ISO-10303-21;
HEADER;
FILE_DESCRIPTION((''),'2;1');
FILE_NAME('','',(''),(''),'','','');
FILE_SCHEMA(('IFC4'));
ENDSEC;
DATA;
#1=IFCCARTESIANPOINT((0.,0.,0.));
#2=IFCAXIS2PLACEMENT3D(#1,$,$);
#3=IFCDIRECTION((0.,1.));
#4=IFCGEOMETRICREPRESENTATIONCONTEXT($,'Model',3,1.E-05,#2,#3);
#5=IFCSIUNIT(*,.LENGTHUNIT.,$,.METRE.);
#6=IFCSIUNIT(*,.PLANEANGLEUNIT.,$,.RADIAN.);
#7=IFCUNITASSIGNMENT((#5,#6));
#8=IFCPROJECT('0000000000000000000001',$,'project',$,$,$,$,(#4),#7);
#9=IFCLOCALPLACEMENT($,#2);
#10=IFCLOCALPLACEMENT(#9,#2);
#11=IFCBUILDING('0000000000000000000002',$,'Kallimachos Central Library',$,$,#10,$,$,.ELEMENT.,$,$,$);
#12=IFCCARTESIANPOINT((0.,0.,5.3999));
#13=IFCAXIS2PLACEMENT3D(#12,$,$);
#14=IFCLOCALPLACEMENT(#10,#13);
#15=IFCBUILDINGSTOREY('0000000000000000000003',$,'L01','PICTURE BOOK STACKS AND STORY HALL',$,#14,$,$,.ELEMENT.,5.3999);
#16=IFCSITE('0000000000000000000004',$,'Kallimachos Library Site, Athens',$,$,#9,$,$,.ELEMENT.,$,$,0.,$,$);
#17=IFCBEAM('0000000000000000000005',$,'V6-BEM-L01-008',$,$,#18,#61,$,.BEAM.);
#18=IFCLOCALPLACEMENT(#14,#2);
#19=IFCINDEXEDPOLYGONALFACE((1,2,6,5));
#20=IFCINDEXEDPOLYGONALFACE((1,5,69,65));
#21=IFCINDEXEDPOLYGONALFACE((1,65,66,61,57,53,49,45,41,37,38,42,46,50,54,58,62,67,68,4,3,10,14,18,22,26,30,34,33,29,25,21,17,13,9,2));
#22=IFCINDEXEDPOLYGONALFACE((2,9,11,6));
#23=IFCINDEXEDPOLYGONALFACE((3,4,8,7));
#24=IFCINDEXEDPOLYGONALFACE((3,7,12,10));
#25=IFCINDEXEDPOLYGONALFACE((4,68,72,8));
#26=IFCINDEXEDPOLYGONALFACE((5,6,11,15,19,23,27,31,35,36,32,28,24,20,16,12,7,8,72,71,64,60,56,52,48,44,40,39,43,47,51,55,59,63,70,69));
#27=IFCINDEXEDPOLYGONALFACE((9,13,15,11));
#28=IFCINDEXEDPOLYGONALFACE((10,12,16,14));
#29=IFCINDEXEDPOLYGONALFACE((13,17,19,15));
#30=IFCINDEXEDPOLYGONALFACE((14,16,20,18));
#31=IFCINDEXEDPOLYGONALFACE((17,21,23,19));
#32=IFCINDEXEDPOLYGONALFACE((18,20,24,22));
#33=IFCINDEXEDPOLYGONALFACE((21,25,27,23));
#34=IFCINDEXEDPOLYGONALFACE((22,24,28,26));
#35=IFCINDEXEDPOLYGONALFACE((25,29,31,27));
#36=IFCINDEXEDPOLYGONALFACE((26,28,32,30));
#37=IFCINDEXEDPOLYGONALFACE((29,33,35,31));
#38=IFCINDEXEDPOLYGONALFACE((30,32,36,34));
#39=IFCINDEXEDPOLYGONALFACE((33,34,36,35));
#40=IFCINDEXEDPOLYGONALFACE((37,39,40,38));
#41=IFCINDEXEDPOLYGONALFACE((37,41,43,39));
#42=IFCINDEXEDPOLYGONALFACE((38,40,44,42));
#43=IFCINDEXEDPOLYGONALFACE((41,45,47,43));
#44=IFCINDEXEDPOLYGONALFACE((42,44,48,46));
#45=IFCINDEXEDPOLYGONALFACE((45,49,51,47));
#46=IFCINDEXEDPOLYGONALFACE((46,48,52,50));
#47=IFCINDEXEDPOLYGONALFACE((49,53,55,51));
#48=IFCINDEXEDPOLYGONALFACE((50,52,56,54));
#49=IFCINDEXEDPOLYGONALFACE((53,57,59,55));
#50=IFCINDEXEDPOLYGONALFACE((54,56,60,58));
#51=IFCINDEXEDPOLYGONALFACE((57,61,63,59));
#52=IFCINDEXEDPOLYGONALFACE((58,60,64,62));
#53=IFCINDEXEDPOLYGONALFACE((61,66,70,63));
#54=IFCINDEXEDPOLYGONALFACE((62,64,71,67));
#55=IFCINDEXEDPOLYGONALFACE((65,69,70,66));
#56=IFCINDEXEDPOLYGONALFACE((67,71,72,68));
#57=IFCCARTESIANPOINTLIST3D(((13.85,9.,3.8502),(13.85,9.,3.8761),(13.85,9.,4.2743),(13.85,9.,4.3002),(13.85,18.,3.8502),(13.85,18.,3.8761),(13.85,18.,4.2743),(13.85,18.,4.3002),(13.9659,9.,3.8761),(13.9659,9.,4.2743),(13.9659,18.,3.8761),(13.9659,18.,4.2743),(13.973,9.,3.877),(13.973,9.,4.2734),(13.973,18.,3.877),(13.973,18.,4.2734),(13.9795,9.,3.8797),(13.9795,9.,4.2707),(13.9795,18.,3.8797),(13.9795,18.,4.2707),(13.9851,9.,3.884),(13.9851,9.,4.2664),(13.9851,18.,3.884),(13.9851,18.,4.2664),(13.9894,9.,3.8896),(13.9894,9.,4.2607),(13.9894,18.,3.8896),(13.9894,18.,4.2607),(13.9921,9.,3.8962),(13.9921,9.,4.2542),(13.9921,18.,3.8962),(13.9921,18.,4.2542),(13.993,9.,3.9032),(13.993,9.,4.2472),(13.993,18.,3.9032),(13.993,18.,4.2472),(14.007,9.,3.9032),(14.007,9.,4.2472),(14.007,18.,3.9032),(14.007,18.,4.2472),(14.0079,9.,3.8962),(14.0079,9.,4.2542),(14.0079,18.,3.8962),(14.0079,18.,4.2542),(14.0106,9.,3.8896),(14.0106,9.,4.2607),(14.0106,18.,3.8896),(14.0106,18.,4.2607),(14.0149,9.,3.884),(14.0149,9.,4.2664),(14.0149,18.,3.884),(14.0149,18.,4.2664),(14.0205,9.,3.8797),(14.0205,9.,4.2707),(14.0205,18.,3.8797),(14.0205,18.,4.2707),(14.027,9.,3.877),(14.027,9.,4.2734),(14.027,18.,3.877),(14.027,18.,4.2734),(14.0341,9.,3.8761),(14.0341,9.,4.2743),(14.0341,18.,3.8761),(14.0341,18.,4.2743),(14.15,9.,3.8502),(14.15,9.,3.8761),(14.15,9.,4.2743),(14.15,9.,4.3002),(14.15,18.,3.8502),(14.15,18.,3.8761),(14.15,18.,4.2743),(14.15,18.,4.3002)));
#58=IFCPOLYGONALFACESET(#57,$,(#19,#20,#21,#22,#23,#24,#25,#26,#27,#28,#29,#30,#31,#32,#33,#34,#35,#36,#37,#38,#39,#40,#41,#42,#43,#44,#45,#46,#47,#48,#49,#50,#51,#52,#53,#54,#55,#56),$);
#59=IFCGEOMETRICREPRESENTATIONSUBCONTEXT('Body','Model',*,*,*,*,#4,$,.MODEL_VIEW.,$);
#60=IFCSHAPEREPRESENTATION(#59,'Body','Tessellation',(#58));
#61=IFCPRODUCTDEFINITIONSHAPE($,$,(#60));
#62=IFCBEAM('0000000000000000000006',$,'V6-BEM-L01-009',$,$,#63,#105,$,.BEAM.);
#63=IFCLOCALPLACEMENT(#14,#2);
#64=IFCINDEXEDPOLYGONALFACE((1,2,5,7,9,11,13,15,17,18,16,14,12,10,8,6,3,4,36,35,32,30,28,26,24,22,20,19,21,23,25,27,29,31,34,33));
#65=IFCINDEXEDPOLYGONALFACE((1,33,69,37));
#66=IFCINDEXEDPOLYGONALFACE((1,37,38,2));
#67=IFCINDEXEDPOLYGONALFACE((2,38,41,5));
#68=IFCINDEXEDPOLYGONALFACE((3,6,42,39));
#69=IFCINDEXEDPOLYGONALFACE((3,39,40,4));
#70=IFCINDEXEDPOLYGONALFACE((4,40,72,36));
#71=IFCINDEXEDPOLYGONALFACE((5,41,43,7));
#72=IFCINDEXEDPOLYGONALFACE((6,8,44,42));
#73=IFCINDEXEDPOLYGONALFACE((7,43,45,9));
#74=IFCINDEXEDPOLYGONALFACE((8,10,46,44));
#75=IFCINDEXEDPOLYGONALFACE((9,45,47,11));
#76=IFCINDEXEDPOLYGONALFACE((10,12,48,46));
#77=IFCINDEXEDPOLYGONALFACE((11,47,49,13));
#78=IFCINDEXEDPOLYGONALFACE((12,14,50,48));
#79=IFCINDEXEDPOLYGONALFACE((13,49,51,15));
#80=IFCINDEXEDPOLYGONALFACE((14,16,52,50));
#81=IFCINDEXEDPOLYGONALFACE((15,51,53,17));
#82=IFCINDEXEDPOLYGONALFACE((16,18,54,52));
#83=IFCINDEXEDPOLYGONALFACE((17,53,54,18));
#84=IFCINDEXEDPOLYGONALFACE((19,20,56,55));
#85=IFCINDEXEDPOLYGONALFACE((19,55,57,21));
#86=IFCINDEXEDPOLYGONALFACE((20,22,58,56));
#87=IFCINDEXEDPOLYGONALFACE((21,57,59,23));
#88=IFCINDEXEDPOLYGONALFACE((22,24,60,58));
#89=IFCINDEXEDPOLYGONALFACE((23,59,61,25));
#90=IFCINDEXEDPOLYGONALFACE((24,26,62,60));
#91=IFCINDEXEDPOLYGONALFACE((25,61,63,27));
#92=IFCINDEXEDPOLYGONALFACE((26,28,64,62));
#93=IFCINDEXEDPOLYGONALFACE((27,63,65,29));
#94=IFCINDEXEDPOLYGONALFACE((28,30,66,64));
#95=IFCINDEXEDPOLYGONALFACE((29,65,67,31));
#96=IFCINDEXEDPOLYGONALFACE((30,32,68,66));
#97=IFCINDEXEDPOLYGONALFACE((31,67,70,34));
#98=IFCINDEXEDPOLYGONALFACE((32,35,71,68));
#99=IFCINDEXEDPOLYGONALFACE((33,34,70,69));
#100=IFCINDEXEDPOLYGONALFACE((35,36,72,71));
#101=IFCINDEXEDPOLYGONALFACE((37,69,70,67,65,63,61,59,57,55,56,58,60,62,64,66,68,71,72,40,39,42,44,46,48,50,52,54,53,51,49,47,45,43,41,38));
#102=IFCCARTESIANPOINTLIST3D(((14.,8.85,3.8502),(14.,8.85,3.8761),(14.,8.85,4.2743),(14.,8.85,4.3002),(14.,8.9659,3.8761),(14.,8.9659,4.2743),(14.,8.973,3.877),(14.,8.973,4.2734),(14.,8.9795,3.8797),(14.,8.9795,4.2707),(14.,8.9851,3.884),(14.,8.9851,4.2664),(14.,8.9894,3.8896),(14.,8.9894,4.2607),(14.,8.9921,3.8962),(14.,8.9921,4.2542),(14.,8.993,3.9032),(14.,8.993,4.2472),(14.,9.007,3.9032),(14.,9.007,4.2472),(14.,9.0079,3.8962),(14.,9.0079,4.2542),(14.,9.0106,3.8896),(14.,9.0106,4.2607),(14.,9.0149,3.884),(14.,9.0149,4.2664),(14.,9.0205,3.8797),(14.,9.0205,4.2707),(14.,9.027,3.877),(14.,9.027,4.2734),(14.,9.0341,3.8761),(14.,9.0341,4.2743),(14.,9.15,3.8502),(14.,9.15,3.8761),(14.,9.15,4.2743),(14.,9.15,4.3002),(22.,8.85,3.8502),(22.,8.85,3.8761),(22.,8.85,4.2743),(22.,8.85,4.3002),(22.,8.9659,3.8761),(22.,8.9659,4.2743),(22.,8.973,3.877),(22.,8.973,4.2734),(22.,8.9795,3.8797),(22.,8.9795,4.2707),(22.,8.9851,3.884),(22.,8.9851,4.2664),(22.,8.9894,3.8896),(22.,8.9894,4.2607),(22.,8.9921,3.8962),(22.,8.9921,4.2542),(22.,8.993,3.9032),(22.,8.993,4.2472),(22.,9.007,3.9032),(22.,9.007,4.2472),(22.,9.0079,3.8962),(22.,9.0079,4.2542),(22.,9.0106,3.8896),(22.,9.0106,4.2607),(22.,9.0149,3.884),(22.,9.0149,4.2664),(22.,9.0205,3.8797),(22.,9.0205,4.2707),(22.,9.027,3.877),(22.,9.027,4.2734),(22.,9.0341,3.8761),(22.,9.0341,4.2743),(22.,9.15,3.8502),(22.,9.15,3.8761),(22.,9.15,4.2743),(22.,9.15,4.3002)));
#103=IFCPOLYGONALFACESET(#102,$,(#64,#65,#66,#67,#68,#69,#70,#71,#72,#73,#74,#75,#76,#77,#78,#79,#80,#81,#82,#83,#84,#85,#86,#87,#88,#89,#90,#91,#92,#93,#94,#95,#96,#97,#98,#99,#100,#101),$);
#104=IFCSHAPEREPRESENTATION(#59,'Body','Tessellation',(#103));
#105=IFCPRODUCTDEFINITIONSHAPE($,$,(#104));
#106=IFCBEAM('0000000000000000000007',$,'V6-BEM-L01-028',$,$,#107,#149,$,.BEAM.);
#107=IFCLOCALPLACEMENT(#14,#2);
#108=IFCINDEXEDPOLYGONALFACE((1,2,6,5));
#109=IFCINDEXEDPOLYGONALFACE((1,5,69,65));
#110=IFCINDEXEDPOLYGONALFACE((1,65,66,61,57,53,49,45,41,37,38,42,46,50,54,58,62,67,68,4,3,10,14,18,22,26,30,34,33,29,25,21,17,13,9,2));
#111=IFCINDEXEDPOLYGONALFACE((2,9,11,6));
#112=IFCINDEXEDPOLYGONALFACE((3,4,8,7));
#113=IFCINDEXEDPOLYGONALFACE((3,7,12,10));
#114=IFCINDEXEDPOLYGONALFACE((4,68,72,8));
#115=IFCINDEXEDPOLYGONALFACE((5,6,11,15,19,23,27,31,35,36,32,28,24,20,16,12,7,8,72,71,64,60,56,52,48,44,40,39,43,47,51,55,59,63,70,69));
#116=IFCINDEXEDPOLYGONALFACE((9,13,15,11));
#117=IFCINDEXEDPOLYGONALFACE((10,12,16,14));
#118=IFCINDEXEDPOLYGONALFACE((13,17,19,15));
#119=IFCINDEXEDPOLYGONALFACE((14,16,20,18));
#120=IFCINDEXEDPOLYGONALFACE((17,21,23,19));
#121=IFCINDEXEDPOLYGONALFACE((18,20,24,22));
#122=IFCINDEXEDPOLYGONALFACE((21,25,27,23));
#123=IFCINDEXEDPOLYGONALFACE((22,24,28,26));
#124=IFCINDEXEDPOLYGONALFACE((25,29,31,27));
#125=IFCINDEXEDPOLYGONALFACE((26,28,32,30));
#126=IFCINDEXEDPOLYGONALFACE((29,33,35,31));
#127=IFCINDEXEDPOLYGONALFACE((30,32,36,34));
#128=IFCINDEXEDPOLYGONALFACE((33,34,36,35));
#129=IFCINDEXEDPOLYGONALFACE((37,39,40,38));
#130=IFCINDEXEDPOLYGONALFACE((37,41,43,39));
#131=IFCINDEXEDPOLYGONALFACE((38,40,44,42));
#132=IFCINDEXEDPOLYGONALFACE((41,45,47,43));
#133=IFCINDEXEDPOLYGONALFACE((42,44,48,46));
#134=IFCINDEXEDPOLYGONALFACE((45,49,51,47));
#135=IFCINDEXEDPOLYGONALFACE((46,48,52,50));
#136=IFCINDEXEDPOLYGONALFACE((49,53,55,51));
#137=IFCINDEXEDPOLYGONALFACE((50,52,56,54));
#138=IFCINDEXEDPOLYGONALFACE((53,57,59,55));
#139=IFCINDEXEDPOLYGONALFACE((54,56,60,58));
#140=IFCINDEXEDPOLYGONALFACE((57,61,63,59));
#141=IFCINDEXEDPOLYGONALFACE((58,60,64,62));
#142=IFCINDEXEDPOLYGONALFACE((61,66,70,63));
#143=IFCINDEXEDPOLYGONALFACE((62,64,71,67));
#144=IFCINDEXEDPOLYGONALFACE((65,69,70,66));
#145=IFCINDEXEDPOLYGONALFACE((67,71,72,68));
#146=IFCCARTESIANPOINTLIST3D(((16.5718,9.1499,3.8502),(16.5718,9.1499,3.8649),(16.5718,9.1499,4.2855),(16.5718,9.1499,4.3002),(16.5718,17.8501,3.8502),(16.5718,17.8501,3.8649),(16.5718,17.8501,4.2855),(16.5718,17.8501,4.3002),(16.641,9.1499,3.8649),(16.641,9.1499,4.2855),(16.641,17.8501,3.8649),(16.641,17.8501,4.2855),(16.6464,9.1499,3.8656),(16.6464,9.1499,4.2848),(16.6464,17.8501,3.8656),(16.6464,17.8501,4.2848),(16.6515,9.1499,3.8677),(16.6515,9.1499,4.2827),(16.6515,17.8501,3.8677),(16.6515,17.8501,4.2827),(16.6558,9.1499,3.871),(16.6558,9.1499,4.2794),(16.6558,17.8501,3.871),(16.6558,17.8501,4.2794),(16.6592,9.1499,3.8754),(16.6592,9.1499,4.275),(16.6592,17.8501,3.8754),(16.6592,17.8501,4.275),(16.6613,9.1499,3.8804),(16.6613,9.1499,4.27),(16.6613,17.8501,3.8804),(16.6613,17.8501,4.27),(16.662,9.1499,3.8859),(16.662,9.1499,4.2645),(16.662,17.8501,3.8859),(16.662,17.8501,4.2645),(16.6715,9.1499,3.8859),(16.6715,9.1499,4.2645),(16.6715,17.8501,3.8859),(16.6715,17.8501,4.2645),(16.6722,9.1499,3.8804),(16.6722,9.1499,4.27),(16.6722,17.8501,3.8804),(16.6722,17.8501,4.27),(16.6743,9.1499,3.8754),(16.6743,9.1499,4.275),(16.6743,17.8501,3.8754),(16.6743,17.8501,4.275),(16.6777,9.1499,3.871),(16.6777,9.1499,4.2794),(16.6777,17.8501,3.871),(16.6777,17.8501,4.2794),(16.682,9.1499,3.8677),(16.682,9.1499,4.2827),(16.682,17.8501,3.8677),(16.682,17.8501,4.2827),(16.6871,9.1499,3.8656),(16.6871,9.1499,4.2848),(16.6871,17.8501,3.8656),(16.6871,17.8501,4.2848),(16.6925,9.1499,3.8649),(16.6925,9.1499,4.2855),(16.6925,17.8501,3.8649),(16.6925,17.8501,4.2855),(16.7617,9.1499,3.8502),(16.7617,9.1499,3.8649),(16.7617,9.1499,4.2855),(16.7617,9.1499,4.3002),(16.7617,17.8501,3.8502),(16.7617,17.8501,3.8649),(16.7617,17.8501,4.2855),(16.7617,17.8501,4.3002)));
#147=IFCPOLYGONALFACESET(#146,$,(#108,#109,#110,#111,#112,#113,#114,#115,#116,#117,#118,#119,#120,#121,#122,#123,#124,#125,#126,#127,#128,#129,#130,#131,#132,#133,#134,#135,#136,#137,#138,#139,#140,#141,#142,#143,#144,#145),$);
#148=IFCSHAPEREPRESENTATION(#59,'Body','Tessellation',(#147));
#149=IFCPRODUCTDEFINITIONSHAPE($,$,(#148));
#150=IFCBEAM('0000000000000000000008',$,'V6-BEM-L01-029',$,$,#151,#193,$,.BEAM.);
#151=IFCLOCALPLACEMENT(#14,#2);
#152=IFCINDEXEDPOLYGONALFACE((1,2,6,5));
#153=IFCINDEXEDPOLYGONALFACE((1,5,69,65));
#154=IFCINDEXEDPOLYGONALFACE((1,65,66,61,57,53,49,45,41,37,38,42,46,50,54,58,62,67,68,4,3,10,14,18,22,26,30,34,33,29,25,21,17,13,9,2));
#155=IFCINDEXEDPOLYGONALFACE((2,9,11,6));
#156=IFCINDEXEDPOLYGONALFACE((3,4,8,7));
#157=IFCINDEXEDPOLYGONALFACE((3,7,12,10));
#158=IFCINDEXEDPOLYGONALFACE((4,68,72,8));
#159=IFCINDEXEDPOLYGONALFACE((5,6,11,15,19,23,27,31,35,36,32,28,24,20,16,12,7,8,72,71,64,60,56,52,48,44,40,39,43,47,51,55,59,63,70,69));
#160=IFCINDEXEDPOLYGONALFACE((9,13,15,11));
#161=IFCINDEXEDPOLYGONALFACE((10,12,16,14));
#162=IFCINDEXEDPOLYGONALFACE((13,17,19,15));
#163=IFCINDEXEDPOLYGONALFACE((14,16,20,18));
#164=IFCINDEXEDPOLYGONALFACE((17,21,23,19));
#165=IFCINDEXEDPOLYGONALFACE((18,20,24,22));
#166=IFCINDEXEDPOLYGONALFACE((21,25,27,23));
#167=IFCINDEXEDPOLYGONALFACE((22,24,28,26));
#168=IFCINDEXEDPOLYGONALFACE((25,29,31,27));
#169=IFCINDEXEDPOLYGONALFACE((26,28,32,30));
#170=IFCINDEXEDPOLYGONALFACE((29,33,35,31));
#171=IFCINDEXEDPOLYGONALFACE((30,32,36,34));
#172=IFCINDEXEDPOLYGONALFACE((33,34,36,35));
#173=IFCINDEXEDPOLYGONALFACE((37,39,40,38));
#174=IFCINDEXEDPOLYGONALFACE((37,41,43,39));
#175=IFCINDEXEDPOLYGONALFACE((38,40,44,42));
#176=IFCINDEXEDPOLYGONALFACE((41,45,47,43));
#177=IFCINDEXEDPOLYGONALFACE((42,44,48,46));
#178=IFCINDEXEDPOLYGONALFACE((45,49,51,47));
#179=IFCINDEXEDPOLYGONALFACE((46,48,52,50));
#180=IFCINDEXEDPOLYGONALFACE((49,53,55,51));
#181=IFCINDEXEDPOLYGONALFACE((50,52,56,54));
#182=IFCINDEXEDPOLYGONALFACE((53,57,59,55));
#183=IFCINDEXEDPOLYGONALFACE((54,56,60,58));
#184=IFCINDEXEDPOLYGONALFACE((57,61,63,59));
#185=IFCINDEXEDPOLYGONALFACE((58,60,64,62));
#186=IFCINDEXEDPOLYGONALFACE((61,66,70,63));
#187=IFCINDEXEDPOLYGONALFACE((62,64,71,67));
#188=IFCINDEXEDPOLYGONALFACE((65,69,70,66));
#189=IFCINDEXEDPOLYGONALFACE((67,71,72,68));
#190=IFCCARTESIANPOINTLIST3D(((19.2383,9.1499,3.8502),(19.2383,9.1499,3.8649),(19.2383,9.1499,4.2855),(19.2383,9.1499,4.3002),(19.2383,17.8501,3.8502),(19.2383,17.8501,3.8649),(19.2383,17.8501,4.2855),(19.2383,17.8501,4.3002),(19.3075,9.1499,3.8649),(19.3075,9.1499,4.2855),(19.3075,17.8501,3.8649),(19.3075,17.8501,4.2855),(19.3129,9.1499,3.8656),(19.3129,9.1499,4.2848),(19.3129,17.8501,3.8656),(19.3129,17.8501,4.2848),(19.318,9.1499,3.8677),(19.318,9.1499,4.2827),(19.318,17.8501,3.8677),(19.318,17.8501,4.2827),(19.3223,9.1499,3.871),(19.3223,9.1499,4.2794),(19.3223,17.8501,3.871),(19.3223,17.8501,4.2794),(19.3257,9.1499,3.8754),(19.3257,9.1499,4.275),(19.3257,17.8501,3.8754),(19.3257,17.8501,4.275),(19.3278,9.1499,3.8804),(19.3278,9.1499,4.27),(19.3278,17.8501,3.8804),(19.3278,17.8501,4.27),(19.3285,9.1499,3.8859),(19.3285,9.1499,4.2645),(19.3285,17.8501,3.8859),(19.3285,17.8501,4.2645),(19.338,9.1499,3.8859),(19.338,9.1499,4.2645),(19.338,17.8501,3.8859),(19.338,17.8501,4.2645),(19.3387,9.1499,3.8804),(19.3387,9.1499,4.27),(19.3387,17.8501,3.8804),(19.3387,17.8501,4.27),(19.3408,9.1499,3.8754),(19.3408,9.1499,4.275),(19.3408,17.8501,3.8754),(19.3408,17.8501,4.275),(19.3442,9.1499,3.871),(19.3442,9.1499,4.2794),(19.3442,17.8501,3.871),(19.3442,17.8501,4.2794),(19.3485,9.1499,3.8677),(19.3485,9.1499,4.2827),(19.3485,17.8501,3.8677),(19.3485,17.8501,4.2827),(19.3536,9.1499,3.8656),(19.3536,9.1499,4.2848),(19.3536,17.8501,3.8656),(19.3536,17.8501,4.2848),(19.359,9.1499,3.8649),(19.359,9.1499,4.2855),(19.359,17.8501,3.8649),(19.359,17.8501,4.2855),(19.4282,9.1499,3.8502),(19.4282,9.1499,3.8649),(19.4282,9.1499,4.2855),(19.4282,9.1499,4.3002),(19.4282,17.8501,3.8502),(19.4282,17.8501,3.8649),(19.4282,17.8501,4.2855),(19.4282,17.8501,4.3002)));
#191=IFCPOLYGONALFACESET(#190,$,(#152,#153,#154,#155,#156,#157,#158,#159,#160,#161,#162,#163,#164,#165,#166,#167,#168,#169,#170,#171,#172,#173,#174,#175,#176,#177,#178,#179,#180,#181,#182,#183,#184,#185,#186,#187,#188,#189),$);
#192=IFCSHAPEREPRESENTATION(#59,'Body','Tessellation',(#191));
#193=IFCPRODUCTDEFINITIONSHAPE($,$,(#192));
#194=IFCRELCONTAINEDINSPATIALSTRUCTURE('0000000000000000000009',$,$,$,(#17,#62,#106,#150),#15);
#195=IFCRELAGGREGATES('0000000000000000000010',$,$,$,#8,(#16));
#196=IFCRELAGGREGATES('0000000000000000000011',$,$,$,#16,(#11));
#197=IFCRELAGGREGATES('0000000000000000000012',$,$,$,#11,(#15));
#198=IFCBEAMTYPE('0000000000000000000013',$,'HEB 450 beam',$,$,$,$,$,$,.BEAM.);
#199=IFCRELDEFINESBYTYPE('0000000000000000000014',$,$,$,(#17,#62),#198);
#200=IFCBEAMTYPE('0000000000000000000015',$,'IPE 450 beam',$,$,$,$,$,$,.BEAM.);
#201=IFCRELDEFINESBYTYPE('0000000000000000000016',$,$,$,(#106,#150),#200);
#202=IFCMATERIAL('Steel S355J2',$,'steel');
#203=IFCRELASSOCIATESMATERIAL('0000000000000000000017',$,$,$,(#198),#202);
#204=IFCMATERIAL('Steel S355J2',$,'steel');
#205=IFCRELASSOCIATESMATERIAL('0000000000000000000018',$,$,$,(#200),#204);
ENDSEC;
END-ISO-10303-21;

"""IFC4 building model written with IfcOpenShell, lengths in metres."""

from ifc_helpers import new_model, si_unit, direction, frame, origin, origin_2d, place, context, subcontext, project, spatial, i_section, extrude, material, material_profile, profile_set, type_object, element, save


model = new_model("IFC4")

# Units and contexts
model_context = context("Model", 3, precision=1e-05, world=origin(), true_north=direction((0.0, 1.0)))
body_context = subcontext(model_context, "Body", "Model", "MODEL_VIEW")
ifc_project = project(units=[si_unit("LENGTHUNIT", "METRE"), si_unit("PLANEANGLEUNIT", "RADIAN")], contexts=[model_context])

# Site, building, storey
site_placement = place(None, origin())
site = spatial("IfcSite", under=ifc_project, at=site_placement, Name="Kallimachos Library Site, Athens", CompositionType="ELEMENT", RefElevation=0.0)
building_placement = place(site_placement, origin())
building = spatial("IfcBuilding", under=site, at=building_placement, Name="Kallimachos Central Library", CompositionType="ELEMENT")
storey_placement = place(building_placement, frame((0.0, 0.0, 5.3999)))
storey = spatial("IfcBuildingStorey", under=building, at=storey_placement, Name="L01", Description="PICTURE BOOK STACKS AND STORY HALL", CompositionType="ELEMENT", Elevation=5.3999)

# Beams
ifc_material_1 = material(Name="Steel S355J2", Category="steel")
ifc_material_profile_1 = material_profile(ifc_material_1, i_section(OverallWidth=0.3, OverallDepth=0.45, WebThickness=0.0139, FlangeThickness=0.0259, FilletRadius=0.0271, at=origin_2d()), Name="HEB 450")
ifc_profile_set_1 = profile_set([ifc_material_profile_1], Name="Steel S355J2")
beam_type_1 = type_object("IfcBeamType", Name="HEB 450 beam", PredefinedType="BEAM", material=ifc_profile_set_1)
beam_1_placement = place(storey_placement, frame((14.0, 9.0, 4.0752), z_axis=(0.0, 1.0, 0.0), x_axis=(-1.0, 0.0, 0.0)))
element("IfcBeam", 1, at=beam_1_placement, inside=storey, type_object=beam_type_1, Name="V6-BEM-L01-008", PredefinedType="BEAM", context=body_context, shape_type="SweptSolid", body=[
    extrude(i_section(OverallWidth=0.3, OverallDepth=0.45, WebThickness=0.0139, FlangeThickness=0.0259, FilletRadius=0.0271, at=origin_2d()), origin(), (0.0, 0.0, 1.0), 9.0),
])
beam_2_placement = place(storey_placement, frame((14.0, 9.0, 4.0752), z_axis=(1.0, 0.0, 0.0), x_axis=(0.0, 1.0, 0.0)))
element("IfcBeam", 2, at=beam_2_placement, inside=storey, type_object=beam_type_1, Name="V6-BEM-L01-009", PredefinedType="BEAM", context=body_context, shape_type="SweptSolid", body=[
    extrude(i_section(OverallWidth=0.3, OverallDepth=0.45, WebThickness=0.0139, FlangeThickness=0.0259, FilletRadius=0.0271, at=origin_2d()), origin(), (0.0, 0.0, 1.0), 8.0),
])
ifc_material_2 = material(Name="Steel S355J2", Category="steel")
ifc_material_profile_2 = material_profile(ifc_material_2, i_section(OverallWidth=0.1899, OverallDepth=0.45, WebThickness=0.0095, FlangeThickness=0.0146, FilletRadius=0.021, at=origin_2d()), Name="IPE 450")
ifc_profile_set_2 = profile_set([ifc_material_profile_2], Name="Steel S355J2")
beam_type_2 = type_object("IfcBeamType", Name="IPE 450 beam", PredefinedType="BEAM", material=ifc_profile_set_2)
for number, where, z_axis, x_axis, name in (
    (3, (16.6667, 9.1499, 4.0752), (0.0, 1.0, 0.0), (-1.0, 0.0, 0.0), "V6-BEM-L01-028"),
    (4, (19.3333, 9.1499, 4.0752), (0.0, 1.0, 0.0), (-1.0, 0.0, 0.0), "V6-BEM-L01-029"),
):
    element("IfcBeam", number, at=place(storey_placement, frame(where, z_axis=z_axis, x_axis=x_axis)), inside=storey, type_object=beam_type_2, Name=name, PredefinedType="BEAM", context=body_context, shape_type="SweptSolid", body=[
        extrude(i_section(OverallWidth=0.1899, OverallDepth=0.45, WebThickness=0.0095, FlangeThickness=0.0146, FilletRadius=0.021, at=origin_2d()), origin(), (0.0, 0.0, 1.0), 8.7002),
    ])

save(model, "model.ifc")
